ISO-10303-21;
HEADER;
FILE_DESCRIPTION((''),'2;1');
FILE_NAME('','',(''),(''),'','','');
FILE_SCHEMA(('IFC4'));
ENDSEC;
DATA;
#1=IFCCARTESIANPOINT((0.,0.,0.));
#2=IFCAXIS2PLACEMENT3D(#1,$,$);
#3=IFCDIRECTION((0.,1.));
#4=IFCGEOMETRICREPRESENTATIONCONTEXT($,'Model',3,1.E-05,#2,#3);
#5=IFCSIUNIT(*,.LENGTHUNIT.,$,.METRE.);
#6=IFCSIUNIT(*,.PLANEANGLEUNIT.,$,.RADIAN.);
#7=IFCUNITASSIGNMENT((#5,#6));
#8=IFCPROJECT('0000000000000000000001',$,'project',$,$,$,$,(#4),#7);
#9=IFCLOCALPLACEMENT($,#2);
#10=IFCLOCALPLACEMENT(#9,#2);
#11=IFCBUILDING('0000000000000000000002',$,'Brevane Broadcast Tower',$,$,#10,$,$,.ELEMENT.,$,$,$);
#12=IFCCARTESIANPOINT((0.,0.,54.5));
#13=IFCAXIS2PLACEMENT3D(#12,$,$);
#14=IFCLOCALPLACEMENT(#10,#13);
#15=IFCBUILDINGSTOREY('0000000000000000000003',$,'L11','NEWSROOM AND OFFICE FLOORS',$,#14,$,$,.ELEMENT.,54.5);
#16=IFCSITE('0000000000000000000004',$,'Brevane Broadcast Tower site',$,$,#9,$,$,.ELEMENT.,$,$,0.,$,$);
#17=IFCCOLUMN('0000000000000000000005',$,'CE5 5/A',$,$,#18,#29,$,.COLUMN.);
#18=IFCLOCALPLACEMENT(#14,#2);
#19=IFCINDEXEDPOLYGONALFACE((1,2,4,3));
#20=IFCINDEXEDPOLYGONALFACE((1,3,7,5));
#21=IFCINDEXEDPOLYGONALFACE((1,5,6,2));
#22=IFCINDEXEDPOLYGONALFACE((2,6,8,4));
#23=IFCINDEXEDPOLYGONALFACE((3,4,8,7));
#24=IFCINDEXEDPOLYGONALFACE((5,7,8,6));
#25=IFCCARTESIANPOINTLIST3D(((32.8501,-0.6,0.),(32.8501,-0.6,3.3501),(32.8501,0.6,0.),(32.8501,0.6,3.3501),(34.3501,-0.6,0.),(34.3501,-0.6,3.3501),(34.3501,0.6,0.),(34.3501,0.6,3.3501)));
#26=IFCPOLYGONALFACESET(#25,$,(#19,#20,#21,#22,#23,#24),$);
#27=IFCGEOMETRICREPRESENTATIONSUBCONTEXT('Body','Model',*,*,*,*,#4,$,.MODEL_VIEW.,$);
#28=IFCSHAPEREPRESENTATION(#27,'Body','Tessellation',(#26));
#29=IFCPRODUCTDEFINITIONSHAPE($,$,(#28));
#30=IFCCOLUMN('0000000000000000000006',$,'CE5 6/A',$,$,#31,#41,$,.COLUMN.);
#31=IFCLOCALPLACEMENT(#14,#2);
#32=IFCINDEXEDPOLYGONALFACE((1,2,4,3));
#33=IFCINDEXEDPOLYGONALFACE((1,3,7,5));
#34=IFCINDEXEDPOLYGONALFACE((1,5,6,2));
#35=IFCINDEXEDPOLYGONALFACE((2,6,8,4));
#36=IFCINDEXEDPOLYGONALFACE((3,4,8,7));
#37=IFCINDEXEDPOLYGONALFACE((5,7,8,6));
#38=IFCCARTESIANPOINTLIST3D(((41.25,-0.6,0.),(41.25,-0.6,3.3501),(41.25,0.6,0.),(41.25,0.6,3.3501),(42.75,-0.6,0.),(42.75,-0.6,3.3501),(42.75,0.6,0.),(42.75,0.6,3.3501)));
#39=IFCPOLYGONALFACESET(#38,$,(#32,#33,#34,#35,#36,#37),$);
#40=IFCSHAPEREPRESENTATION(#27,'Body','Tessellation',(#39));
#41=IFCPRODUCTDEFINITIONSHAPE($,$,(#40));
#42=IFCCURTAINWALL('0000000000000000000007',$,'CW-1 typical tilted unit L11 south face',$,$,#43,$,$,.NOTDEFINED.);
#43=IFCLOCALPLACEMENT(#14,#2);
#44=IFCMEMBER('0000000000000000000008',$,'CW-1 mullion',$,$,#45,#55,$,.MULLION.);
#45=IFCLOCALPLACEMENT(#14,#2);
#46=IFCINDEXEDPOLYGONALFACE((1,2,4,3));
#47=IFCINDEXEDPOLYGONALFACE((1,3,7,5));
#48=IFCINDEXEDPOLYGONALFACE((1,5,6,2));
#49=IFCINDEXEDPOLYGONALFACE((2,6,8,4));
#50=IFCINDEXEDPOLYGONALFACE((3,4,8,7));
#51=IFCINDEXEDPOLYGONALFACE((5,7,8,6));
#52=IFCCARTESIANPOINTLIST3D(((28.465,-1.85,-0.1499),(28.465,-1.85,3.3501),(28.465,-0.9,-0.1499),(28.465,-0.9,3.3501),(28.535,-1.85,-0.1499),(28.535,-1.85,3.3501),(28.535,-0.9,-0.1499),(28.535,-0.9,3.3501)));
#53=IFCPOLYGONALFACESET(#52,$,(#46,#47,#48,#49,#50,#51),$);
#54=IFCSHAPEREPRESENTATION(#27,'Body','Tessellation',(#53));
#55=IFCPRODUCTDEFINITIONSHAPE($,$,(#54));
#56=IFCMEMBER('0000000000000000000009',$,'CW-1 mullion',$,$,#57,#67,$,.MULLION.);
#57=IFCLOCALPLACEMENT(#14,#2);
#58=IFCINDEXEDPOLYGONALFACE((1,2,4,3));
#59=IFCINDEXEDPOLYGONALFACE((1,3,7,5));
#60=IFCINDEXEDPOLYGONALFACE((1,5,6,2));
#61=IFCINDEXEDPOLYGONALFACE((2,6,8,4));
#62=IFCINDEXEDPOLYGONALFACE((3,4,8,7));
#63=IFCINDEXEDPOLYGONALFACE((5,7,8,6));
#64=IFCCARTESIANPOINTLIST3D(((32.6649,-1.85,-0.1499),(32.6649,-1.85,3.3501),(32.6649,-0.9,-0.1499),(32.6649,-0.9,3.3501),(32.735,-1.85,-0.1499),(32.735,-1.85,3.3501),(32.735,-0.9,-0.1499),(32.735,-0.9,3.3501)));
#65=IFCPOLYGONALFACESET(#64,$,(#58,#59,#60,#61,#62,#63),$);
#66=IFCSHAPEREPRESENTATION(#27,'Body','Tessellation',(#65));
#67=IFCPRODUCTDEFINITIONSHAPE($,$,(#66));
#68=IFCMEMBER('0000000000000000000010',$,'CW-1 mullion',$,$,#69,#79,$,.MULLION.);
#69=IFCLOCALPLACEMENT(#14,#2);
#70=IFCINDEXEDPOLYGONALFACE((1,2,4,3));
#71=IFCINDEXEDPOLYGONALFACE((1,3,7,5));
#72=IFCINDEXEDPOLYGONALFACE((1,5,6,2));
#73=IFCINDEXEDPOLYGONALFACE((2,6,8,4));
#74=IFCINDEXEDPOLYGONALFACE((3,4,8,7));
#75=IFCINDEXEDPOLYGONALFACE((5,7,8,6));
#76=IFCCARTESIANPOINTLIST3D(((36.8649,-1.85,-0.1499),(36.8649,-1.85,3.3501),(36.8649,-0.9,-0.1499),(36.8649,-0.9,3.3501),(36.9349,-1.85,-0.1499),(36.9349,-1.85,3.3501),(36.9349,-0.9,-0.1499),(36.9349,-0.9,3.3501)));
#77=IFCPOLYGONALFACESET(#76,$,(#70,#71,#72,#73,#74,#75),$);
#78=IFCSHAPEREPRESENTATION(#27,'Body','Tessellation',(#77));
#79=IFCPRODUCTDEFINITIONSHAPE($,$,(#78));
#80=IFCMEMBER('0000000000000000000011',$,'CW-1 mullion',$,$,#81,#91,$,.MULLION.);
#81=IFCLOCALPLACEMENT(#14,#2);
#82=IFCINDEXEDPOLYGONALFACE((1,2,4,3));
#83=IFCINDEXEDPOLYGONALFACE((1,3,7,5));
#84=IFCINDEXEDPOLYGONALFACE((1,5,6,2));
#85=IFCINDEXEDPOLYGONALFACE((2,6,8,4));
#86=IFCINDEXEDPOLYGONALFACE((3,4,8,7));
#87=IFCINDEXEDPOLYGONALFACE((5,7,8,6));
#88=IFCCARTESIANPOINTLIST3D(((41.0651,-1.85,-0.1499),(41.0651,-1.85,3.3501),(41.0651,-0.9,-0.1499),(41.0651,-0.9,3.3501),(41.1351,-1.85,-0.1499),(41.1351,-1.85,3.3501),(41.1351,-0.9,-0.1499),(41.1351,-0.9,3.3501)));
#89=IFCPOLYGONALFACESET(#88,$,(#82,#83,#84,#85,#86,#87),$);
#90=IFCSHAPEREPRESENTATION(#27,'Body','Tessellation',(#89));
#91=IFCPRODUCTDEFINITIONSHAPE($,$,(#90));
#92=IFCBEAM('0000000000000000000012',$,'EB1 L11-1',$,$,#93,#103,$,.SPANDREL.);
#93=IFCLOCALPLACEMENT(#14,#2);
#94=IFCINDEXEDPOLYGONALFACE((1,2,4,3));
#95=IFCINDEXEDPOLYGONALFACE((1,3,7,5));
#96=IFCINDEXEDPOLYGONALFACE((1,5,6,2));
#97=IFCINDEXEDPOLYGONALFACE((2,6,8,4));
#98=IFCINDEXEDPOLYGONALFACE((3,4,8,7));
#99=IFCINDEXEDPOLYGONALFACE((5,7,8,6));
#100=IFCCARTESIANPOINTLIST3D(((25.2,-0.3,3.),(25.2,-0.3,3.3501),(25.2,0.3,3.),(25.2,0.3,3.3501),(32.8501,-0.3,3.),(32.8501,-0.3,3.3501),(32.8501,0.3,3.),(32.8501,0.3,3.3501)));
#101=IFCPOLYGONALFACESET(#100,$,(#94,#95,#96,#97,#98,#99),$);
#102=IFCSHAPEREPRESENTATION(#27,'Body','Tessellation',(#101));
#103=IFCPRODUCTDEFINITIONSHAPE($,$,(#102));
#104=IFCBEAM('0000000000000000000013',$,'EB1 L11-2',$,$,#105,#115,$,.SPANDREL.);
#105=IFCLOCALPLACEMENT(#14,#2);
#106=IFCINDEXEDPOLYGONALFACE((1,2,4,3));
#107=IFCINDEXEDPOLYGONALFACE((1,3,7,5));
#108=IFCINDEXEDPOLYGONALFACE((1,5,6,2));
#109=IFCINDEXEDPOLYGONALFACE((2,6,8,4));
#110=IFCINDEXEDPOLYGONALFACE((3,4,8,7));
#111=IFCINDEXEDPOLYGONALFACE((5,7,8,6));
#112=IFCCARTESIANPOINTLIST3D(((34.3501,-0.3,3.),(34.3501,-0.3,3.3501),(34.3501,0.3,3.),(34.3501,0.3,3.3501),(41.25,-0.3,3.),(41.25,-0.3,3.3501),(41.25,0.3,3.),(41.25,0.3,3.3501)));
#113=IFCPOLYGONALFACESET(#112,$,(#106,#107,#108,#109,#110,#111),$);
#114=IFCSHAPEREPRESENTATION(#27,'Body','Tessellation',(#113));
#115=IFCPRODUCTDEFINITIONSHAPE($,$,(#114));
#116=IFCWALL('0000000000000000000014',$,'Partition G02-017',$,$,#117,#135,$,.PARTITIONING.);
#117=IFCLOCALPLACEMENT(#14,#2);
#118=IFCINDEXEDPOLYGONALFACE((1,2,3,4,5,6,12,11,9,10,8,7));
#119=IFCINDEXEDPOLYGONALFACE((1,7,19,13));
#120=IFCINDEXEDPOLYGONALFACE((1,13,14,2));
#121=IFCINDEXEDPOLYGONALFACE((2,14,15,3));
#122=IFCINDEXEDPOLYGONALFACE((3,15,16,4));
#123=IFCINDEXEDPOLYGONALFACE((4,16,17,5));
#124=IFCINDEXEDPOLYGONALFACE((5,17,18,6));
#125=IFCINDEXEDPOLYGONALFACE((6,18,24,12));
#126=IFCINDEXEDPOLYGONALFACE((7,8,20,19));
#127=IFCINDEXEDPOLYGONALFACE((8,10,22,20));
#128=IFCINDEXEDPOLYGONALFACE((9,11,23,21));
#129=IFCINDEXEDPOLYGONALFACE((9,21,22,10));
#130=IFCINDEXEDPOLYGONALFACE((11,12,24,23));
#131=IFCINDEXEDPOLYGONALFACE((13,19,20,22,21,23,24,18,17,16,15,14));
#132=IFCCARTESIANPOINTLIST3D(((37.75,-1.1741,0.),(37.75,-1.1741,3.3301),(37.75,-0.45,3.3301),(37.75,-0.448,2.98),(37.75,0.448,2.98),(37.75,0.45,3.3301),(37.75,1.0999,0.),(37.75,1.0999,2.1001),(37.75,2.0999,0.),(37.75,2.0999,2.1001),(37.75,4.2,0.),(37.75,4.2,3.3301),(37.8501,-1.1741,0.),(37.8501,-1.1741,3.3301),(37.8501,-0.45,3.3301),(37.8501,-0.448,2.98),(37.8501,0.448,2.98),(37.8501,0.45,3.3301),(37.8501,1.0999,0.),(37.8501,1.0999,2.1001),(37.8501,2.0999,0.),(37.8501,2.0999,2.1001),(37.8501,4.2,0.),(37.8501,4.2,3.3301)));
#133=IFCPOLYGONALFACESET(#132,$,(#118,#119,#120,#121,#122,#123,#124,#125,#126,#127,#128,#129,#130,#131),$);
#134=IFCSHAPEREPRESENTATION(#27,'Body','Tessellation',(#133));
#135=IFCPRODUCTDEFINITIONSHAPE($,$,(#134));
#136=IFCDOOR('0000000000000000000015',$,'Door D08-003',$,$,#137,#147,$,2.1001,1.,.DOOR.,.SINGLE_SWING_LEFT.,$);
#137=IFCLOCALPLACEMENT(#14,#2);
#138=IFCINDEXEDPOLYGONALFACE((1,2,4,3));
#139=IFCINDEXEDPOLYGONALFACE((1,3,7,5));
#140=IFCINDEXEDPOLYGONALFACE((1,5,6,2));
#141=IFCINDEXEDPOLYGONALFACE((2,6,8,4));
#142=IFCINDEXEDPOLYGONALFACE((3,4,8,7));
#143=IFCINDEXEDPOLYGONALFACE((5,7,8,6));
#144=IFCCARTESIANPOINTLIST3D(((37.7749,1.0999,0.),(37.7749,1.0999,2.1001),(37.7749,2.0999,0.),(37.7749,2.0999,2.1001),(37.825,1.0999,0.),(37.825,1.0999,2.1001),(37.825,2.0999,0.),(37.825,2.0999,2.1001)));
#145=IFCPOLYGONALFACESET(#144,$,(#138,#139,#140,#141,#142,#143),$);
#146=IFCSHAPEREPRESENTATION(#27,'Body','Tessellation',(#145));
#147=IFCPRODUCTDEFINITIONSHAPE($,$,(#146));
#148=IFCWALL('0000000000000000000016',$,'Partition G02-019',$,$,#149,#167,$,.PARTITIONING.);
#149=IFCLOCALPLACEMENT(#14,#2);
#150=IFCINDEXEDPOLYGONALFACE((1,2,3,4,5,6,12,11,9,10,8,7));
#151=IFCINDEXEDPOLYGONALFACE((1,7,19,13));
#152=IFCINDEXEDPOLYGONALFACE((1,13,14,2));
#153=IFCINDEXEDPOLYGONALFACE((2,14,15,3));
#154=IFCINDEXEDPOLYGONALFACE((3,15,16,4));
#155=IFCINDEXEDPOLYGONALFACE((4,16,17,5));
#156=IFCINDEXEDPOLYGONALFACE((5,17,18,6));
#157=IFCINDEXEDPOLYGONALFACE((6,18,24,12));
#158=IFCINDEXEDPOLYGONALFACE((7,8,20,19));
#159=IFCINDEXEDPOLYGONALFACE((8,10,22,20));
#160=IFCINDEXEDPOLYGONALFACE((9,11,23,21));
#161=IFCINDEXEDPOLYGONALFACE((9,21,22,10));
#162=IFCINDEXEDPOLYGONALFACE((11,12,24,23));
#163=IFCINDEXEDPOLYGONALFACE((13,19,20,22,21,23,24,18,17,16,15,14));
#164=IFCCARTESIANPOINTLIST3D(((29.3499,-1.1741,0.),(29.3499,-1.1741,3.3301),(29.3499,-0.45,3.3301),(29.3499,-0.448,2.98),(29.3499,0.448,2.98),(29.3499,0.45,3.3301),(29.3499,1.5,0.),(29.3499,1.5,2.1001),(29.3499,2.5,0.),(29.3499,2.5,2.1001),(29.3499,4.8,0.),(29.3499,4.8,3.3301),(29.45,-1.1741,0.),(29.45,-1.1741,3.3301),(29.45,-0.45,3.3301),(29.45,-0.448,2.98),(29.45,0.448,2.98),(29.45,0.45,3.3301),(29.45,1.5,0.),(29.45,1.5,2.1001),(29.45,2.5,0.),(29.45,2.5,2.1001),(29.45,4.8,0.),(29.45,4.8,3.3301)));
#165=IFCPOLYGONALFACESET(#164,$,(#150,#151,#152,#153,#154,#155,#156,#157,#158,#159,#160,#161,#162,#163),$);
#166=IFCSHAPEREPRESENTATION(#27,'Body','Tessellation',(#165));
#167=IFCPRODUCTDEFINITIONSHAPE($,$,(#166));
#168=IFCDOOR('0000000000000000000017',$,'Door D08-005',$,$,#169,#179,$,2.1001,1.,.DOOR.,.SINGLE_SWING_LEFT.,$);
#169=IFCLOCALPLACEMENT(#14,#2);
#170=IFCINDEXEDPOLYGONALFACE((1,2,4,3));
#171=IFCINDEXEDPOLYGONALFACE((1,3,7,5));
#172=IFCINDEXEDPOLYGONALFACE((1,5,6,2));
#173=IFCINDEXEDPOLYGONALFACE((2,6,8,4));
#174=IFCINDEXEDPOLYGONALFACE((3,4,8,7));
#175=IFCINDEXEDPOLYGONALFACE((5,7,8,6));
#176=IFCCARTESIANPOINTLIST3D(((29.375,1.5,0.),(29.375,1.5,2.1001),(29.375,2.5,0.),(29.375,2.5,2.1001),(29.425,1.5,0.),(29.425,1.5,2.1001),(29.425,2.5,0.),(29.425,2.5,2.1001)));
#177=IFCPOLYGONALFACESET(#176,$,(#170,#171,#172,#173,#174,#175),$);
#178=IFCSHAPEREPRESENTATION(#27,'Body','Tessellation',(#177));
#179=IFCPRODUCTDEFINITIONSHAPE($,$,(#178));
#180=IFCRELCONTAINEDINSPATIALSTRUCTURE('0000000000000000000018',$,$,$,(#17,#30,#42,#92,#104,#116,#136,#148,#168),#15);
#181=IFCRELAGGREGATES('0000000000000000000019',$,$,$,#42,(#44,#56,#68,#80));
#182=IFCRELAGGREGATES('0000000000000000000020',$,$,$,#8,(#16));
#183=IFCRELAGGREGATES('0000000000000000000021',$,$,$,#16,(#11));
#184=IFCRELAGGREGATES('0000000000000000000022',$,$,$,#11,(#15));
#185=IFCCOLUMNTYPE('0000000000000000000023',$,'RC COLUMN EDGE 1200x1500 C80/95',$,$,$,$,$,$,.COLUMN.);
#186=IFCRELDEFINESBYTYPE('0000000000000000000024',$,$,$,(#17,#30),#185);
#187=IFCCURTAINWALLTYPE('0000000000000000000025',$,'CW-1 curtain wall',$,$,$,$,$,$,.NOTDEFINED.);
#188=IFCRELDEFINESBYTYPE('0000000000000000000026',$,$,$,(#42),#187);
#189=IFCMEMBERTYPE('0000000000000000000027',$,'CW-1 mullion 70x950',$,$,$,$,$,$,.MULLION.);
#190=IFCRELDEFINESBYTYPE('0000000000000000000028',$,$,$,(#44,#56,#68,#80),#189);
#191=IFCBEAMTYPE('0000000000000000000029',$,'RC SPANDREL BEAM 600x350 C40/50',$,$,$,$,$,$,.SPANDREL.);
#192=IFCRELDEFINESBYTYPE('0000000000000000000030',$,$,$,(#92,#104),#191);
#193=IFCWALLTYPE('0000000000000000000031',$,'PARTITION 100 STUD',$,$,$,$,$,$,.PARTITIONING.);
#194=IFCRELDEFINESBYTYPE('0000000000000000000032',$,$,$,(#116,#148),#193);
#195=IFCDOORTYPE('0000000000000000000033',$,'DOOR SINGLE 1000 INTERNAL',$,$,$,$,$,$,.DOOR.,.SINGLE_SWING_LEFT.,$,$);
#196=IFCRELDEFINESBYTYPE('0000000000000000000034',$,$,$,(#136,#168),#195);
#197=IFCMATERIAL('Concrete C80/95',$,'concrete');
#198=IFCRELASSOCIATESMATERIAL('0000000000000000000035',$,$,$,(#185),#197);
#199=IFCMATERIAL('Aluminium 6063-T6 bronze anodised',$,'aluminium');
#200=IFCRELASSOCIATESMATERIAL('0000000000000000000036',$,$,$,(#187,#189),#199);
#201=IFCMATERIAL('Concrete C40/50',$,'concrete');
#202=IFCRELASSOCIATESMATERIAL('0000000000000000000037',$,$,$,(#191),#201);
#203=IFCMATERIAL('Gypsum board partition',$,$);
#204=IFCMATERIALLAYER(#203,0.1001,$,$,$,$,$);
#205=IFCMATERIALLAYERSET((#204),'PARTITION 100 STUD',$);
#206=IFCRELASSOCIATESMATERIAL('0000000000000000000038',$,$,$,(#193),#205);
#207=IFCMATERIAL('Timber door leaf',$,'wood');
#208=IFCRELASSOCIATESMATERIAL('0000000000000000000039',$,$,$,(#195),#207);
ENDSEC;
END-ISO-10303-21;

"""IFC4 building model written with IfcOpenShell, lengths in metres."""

from ifc_helpers import new_model, si_unit, direction, frame, frame_2d, origin, origin_2d, place, context, subcontext, project, spatial, polyline, rectangle, outline, extrude, material, layer, layer_set, material_profile, profile_set, type_object, element, fill, aggregate, save


model = new_model("IFC4")

# Units and contexts
model_context = context("Model", 3, precision=1e-05, world=origin(), true_north=direction((0.0, 1.0)))
body_context = subcontext(model_context, "Body", "Model", "MODEL_VIEW")
ifc_project = project(units=[si_unit("LENGTHUNIT", "METRE"), si_unit("PLANEANGLEUNIT", "RADIAN")], contexts=[model_context])

# Site, building, storey
site_placement = place(None, origin())
site = spatial("IfcSite", under=ifc_project, at=site_placement, Name="Brevane Broadcast Tower site", CompositionType="ELEMENT", RefElevation=0.0)
building_placement = place(site_placement, origin())
building = spatial("IfcBuilding", under=site, at=building_placement, Name="Brevane Broadcast Tower", CompositionType="ELEMENT")
storey_placement = place(building_placement, frame((0.0, 0.0, 54.5)))
storey = spatial("IfcBuildingStorey", under=building, at=storey_placement, Name="L11", Description="NEWSROOM AND OFFICE FLOORS", CompositionType="ELEMENT", Elevation=54.5)

# Columns
ifc_material_1 = material(Name="Concrete C80/95", Category="concrete")
ifc_material_profile_1 = material_profile(ifc_material_1, rectangle(XDim=1.2, YDim=1.5, at=origin_2d()), Name="RC 1200x1500")
ifc_profile_set_1 = profile_set([ifc_material_profile_1], Name="Concrete C80/95")
column_type = type_object("IfcColumnType", Name="RC COLUMN EDGE 1200x1500 C80/95", PredefinedType="COLUMN", material=ifc_profile_set_1)
for number, where, z_axis, x_axis, name in (
    (1, (33.6001, 0.0, 0.0), (0.0, 0.0, 1.0), (0.0, 1.0, 0.0), "CE5 5/A"),
    (2, (42.0, 0.0, 0.0), (0.0, 0.0, 1.0), (0.0, 1.0, 0.0), "CE5 6/A"),
):
    element("IfcColumn", number, at=place(storey_placement, frame(where, z_axis=z_axis, x_axis=x_axis)), inside=storey, type_object=column_type, Name=name, PredefinedType="COLUMN", context=body_context, shape_type="SweptSolid", body=[
        extrude(rectangle(XDim=1.2, YDim=1.5, at=origin_2d()), origin(), (0.0, 0.0, 1.0), 3.3501),
    ])

# Curtain wall, members
ifc_material_2 = material(Name="Aluminium 6063-T6 bronze anodised", Category="aluminium")
curtain_wall_type = type_object("IfcCurtainWallType", Name="CW-1 curtain wall", PredefinedType="NOTDEFINED", material=ifc_material_2)
curtain_wall_placement = place(storey_placement, origin())
curtain_wall = element("IfcCurtainWall", 3, at=curtain_wall_placement, inside=storey, type_object=curtain_wall_type, Name="CW-1 typical tilted unit L11 south face", PredefinedType="NOTDEFINED")
ifc_material_profile_2 = material_profile(ifc_material_2, rectangle(XDim=0.95, YDim=0.0701, at=origin_2d()), Name="RECT 70x950")
ifc_profile_set_2 = profile_set([ifc_material_profile_2], Name="Aluminium 6063-T6 bronze anodised")
member_type = type_object("IfcMemberType", Name="CW-1 mullion 70x950", PredefinedType="MULLION", material=ifc_profile_set_2)
member_1_placement = place(storey_placement, frame((28.5, -1.375, -0.1499), z_axis=(0.0, 0.0, 1.0), x_axis=(0.0, 1.0, 0.0)))
member_1 = element("IfcMember", 4, at=member_1_placement, type_object=member_type, Name="CW-1 mullion", PredefinedType="MULLION", context=body_context, shape_type="SweptSolid", body=[
    extrude(rectangle(XDim=0.95, YDim=0.0701, at=origin_2d()), origin(), (0.0, 0.0, 1.0), 3.5),
])
member_2_placement = place(storey_placement, frame((32.7, -1.375, -0.1499), z_axis=(0.0, 0.0, 1.0), x_axis=(0.0, 1.0, 0.0)))
member_2 = element("IfcMember", 5, at=member_2_placement, type_object=member_type, Name="CW-1 mullion", PredefinedType="MULLION", context=body_context, shape_type="SweptSolid", body=[
    extrude(rectangle(XDim=0.95, YDim=0.0701, at=origin_2d()), origin(), (0.0, 0.0, 1.0), 3.5),
])
member_3_placement = place(storey_placement, frame((36.8999, -1.375, -0.1499), z_axis=(0.0, 0.0, 1.0), x_axis=(0.0, 1.0, 0.0)))
member_3 = element("IfcMember", 6, at=member_3_placement, type_object=member_type, Name="CW-1 mullion", PredefinedType="MULLION", context=body_context, shape_type="SweptSolid", body=[
    extrude(rectangle(XDim=0.95, YDim=0.0701, at=origin_2d()), origin(), (0.0, 0.0, 1.0), 3.5),
])
member_4_placement = place(storey_placement, frame((41.1001, -1.375, -0.1499), z_axis=(0.0, 0.0, 1.0), x_axis=(0.0, 1.0, 0.0)))
member_4 = element("IfcMember", 7, at=member_4_placement, type_object=member_type, Name="CW-1 mullion", PredefinedType="MULLION", context=body_context, shape_type="SweptSolid", body=[
    extrude(rectangle(XDim=0.95, YDim=0.0701, at=origin_2d()), origin(), (0.0, 0.0, 1.0), 3.5),
])
aggregate(curtain_wall, [member_1, member_2, member_3, member_4])

# Beams
ifc_material_3 = material(Name="Concrete C40/50", Category="concrete")
ifc_material_profile_3 = material_profile(ifc_material_3, rectangle(XDim=0.6001, YDim=0.3501, at=origin_2d()), Name="RC 600x350")
ifc_profile_set_3 = profile_set([ifc_material_profile_3], Name="Concrete C40/50")
beam_type = type_object("IfcBeamType", Name="RC SPANDREL BEAM 600x350 C40/50", PredefinedType="SPANDREL", material=ifc_profile_set_3)
beam_1_placement = place(storey_placement, frame((25.2, 0.0, 3.175), z_axis=(1.0, 0.0, 0.0), x_axis=(0.0, 1.0, 0.0)))
element("IfcBeam", 8, at=beam_1_placement, inside=storey, type_object=beam_type, Name="EB1 L11-1", PredefinedType="SPANDREL", context=body_context, shape_type="SweptSolid", body=[
    extrude(rectangle(XDim=0.6001, YDim=0.3501, at=origin_2d()), origin(), (0.0, 0.0, 1.0), 7.6501),
])
beam_2_placement = place(storey_placement, frame((34.3501, 0.0, 3.175), z_axis=(1.0, 0.0, 0.0), x_axis=(0.0, 1.0, 0.0)))
element("IfcBeam", 9, at=beam_2_placement, inside=storey, type_object=beam_type, Name="EB1 L11-2", PredefinedType="SPANDREL", context=body_context, shape_type="SweptSolid", body=[
    extrude(rectangle(XDim=0.6001, YDim=0.3501, at=origin_2d()), origin(), (0.0, 0.0, 1.0), 6.8999),
])

# Walls, openings, doors
ifc_material_4 = material(Name="Gypsum board partition")
ifc_layer_1 = layer(ifc_material_4, 0.1001)
ifc_layer_set_1 = layer_set([ifc_layer_1], Name="PARTITION 100 STUD")
wall_type_1 = type_object("IfcWallType", Name="PARTITION 100 STUD", PredefinedType="PARTITIONING", material=ifc_layer_set_1)
wall_1_placement = place(storey_placement, frame((37.8, 4.2, 0.0), z_axis=(0.0, 0.0, 1.0), x_axis=(0.0, -1.0, 0.0)))
wall_1 = element("IfcWall", 10, at=wall_1_placement, inside=storey, type_object=wall_type_1, Name="Partition G02-017", PredefinedType="PARTITIONING", context=body_context, shape_type="SweptSolid", body=[
    extrude(outline(polyline([(0.0, 0.0), (5.374, 0.0), (5.374, 3.3301), (5.3, 3.3301), (4.6499, 3.3301), (4.6479, 2.98), (3.752, 2.98), (3.75, 3.3301), (0.0, 3.3301), (0.0, 0.0)])), frame((0.0, 0.05, 0.0), z_axis=(0.0, -1.0, 0.0), x_axis=(1.0, 0.0, 0.0)), (0.0, 0.0, 1.0), 0.1001),
])
opening_1_placement = place(wall_1_placement, frame((2.1001, 0.0, 0.0)))
opening_1 = element("IfcOpeningElement", 11, at=opening_1_placement, cuts=wall_1, PredefinedType="OPENING", context=body_context, shape_type="SweptSolid", body=[
    extrude(rectangle(XDim=1.0, YDim=2.1001, at=frame_2d((0.5, 1.05))), frame((0.0, 0.0601, 0.0), z_axis=(0.0, -1.0, 0.0), x_axis=(1.0, 0.0, 0.0)), (0.0, 0.0, 1.0), 0.1201),
])
ifc_material_5 = material(Name="Timber door leaf", Category="wood")
door_type = type_object("IfcDoorType", Name="DOOR SINGLE 1000 INTERNAL", OperationType="SINGLE_SWING_LEFT", PredefinedType="DOOR", material=ifc_material_5)
door_1_placement = place(opening_1_placement, origin())
door_1 = element("IfcDoor", 12, at=door_1_placement, inside=storey, type_object=door_type, Name="Door D08-003", OperationType="SINGLE_SWING_LEFT", OverallHeight=2.1001, OverallWidth=1.0, PredefinedType="DOOR", context=body_context, shape_type="SweptSolid", body=[
    extrude(rectangle(XDim=1.0, YDim=2.1001, at=frame_2d((0.5, 1.05))), frame((0.0, 0.0249, 0.0), z_axis=(0.0, -1.0, 0.0), x_axis=(1.0, 0.0, 0.0)), (0.0, 0.0, 1.0), 0.05),
])
fill(opening_1, door_1)
wall_2_placement = place(storey_placement, frame((29.3999, -1.1741, 0.0), z_axis=(0.0, 0.0, 1.0), x_axis=(0.0, 1.0, 0.0)))
wall_2 = element("IfcWall", 13, at=wall_2_placement, inside=storey, type_object=wall_type_1, Name="Partition G02-019", PredefinedType="PARTITIONING", context=body_context, shape_type="SweptSolid", body=[
    extrude(outline(polyline([(0.0, 0.0), (5.9741, 0.0), (5.9741, 3.3301), (1.624, 3.3301), (1.6221, 2.98), (0.7261, 2.98), (0.7241, 3.3301), (0.074, 3.3301), (0.0, 3.3301), (0.0, 0.0)])), frame((0.0, 0.05, 0.0), z_axis=(0.0, -1.0, 0.0), x_axis=(1.0, 0.0, 0.0)), (0.0, 0.0, 1.0), 0.1001),
])
opening_2_placement = place(wall_2_placement, frame((2.6741, 0.0, 0.0)))
opening_2 = element("IfcOpeningElement", 14, at=opening_2_placement, cuts=wall_2, PredefinedType="OPENING", context=body_context, shape_type="SweptSolid", body=[
    extrude(rectangle(XDim=1.0, YDim=2.1001, at=frame_2d((0.5, 1.05))), frame((0.0, 0.0601, 0.0), z_axis=(0.0, -1.0, 0.0), x_axis=(1.0, 0.0, 0.0)), (0.0, 0.0, 1.0), 0.1201),
])
door_2_placement = place(opening_2_placement, origin())
door_2 = element("IfcDoor", 15, at=door_2_placement, inside=storey, type_object=door_type, Name="Door D08-005", OperationType="SINGLE_SWING_LEFT", OverallHeight=2.1001, OverallWidth=1.0, PredefinedType="DOOR", context=body_context, shape_type="SweptSolid", body=[
    extrude(rectangle(XDim=1.0, YDim=2.1001, at=frame_2d((0.5, 1.05))), frame((0.0, 0.0249, 0.0), z_axis=(0.0, -1.0, 0.0), x_axis=(1.0, 0.0, 0.0)), (0.0, 0.0, 1.0), 0.05),
])
fill(opening_2, door_2)

save(model, "model.ifc")
